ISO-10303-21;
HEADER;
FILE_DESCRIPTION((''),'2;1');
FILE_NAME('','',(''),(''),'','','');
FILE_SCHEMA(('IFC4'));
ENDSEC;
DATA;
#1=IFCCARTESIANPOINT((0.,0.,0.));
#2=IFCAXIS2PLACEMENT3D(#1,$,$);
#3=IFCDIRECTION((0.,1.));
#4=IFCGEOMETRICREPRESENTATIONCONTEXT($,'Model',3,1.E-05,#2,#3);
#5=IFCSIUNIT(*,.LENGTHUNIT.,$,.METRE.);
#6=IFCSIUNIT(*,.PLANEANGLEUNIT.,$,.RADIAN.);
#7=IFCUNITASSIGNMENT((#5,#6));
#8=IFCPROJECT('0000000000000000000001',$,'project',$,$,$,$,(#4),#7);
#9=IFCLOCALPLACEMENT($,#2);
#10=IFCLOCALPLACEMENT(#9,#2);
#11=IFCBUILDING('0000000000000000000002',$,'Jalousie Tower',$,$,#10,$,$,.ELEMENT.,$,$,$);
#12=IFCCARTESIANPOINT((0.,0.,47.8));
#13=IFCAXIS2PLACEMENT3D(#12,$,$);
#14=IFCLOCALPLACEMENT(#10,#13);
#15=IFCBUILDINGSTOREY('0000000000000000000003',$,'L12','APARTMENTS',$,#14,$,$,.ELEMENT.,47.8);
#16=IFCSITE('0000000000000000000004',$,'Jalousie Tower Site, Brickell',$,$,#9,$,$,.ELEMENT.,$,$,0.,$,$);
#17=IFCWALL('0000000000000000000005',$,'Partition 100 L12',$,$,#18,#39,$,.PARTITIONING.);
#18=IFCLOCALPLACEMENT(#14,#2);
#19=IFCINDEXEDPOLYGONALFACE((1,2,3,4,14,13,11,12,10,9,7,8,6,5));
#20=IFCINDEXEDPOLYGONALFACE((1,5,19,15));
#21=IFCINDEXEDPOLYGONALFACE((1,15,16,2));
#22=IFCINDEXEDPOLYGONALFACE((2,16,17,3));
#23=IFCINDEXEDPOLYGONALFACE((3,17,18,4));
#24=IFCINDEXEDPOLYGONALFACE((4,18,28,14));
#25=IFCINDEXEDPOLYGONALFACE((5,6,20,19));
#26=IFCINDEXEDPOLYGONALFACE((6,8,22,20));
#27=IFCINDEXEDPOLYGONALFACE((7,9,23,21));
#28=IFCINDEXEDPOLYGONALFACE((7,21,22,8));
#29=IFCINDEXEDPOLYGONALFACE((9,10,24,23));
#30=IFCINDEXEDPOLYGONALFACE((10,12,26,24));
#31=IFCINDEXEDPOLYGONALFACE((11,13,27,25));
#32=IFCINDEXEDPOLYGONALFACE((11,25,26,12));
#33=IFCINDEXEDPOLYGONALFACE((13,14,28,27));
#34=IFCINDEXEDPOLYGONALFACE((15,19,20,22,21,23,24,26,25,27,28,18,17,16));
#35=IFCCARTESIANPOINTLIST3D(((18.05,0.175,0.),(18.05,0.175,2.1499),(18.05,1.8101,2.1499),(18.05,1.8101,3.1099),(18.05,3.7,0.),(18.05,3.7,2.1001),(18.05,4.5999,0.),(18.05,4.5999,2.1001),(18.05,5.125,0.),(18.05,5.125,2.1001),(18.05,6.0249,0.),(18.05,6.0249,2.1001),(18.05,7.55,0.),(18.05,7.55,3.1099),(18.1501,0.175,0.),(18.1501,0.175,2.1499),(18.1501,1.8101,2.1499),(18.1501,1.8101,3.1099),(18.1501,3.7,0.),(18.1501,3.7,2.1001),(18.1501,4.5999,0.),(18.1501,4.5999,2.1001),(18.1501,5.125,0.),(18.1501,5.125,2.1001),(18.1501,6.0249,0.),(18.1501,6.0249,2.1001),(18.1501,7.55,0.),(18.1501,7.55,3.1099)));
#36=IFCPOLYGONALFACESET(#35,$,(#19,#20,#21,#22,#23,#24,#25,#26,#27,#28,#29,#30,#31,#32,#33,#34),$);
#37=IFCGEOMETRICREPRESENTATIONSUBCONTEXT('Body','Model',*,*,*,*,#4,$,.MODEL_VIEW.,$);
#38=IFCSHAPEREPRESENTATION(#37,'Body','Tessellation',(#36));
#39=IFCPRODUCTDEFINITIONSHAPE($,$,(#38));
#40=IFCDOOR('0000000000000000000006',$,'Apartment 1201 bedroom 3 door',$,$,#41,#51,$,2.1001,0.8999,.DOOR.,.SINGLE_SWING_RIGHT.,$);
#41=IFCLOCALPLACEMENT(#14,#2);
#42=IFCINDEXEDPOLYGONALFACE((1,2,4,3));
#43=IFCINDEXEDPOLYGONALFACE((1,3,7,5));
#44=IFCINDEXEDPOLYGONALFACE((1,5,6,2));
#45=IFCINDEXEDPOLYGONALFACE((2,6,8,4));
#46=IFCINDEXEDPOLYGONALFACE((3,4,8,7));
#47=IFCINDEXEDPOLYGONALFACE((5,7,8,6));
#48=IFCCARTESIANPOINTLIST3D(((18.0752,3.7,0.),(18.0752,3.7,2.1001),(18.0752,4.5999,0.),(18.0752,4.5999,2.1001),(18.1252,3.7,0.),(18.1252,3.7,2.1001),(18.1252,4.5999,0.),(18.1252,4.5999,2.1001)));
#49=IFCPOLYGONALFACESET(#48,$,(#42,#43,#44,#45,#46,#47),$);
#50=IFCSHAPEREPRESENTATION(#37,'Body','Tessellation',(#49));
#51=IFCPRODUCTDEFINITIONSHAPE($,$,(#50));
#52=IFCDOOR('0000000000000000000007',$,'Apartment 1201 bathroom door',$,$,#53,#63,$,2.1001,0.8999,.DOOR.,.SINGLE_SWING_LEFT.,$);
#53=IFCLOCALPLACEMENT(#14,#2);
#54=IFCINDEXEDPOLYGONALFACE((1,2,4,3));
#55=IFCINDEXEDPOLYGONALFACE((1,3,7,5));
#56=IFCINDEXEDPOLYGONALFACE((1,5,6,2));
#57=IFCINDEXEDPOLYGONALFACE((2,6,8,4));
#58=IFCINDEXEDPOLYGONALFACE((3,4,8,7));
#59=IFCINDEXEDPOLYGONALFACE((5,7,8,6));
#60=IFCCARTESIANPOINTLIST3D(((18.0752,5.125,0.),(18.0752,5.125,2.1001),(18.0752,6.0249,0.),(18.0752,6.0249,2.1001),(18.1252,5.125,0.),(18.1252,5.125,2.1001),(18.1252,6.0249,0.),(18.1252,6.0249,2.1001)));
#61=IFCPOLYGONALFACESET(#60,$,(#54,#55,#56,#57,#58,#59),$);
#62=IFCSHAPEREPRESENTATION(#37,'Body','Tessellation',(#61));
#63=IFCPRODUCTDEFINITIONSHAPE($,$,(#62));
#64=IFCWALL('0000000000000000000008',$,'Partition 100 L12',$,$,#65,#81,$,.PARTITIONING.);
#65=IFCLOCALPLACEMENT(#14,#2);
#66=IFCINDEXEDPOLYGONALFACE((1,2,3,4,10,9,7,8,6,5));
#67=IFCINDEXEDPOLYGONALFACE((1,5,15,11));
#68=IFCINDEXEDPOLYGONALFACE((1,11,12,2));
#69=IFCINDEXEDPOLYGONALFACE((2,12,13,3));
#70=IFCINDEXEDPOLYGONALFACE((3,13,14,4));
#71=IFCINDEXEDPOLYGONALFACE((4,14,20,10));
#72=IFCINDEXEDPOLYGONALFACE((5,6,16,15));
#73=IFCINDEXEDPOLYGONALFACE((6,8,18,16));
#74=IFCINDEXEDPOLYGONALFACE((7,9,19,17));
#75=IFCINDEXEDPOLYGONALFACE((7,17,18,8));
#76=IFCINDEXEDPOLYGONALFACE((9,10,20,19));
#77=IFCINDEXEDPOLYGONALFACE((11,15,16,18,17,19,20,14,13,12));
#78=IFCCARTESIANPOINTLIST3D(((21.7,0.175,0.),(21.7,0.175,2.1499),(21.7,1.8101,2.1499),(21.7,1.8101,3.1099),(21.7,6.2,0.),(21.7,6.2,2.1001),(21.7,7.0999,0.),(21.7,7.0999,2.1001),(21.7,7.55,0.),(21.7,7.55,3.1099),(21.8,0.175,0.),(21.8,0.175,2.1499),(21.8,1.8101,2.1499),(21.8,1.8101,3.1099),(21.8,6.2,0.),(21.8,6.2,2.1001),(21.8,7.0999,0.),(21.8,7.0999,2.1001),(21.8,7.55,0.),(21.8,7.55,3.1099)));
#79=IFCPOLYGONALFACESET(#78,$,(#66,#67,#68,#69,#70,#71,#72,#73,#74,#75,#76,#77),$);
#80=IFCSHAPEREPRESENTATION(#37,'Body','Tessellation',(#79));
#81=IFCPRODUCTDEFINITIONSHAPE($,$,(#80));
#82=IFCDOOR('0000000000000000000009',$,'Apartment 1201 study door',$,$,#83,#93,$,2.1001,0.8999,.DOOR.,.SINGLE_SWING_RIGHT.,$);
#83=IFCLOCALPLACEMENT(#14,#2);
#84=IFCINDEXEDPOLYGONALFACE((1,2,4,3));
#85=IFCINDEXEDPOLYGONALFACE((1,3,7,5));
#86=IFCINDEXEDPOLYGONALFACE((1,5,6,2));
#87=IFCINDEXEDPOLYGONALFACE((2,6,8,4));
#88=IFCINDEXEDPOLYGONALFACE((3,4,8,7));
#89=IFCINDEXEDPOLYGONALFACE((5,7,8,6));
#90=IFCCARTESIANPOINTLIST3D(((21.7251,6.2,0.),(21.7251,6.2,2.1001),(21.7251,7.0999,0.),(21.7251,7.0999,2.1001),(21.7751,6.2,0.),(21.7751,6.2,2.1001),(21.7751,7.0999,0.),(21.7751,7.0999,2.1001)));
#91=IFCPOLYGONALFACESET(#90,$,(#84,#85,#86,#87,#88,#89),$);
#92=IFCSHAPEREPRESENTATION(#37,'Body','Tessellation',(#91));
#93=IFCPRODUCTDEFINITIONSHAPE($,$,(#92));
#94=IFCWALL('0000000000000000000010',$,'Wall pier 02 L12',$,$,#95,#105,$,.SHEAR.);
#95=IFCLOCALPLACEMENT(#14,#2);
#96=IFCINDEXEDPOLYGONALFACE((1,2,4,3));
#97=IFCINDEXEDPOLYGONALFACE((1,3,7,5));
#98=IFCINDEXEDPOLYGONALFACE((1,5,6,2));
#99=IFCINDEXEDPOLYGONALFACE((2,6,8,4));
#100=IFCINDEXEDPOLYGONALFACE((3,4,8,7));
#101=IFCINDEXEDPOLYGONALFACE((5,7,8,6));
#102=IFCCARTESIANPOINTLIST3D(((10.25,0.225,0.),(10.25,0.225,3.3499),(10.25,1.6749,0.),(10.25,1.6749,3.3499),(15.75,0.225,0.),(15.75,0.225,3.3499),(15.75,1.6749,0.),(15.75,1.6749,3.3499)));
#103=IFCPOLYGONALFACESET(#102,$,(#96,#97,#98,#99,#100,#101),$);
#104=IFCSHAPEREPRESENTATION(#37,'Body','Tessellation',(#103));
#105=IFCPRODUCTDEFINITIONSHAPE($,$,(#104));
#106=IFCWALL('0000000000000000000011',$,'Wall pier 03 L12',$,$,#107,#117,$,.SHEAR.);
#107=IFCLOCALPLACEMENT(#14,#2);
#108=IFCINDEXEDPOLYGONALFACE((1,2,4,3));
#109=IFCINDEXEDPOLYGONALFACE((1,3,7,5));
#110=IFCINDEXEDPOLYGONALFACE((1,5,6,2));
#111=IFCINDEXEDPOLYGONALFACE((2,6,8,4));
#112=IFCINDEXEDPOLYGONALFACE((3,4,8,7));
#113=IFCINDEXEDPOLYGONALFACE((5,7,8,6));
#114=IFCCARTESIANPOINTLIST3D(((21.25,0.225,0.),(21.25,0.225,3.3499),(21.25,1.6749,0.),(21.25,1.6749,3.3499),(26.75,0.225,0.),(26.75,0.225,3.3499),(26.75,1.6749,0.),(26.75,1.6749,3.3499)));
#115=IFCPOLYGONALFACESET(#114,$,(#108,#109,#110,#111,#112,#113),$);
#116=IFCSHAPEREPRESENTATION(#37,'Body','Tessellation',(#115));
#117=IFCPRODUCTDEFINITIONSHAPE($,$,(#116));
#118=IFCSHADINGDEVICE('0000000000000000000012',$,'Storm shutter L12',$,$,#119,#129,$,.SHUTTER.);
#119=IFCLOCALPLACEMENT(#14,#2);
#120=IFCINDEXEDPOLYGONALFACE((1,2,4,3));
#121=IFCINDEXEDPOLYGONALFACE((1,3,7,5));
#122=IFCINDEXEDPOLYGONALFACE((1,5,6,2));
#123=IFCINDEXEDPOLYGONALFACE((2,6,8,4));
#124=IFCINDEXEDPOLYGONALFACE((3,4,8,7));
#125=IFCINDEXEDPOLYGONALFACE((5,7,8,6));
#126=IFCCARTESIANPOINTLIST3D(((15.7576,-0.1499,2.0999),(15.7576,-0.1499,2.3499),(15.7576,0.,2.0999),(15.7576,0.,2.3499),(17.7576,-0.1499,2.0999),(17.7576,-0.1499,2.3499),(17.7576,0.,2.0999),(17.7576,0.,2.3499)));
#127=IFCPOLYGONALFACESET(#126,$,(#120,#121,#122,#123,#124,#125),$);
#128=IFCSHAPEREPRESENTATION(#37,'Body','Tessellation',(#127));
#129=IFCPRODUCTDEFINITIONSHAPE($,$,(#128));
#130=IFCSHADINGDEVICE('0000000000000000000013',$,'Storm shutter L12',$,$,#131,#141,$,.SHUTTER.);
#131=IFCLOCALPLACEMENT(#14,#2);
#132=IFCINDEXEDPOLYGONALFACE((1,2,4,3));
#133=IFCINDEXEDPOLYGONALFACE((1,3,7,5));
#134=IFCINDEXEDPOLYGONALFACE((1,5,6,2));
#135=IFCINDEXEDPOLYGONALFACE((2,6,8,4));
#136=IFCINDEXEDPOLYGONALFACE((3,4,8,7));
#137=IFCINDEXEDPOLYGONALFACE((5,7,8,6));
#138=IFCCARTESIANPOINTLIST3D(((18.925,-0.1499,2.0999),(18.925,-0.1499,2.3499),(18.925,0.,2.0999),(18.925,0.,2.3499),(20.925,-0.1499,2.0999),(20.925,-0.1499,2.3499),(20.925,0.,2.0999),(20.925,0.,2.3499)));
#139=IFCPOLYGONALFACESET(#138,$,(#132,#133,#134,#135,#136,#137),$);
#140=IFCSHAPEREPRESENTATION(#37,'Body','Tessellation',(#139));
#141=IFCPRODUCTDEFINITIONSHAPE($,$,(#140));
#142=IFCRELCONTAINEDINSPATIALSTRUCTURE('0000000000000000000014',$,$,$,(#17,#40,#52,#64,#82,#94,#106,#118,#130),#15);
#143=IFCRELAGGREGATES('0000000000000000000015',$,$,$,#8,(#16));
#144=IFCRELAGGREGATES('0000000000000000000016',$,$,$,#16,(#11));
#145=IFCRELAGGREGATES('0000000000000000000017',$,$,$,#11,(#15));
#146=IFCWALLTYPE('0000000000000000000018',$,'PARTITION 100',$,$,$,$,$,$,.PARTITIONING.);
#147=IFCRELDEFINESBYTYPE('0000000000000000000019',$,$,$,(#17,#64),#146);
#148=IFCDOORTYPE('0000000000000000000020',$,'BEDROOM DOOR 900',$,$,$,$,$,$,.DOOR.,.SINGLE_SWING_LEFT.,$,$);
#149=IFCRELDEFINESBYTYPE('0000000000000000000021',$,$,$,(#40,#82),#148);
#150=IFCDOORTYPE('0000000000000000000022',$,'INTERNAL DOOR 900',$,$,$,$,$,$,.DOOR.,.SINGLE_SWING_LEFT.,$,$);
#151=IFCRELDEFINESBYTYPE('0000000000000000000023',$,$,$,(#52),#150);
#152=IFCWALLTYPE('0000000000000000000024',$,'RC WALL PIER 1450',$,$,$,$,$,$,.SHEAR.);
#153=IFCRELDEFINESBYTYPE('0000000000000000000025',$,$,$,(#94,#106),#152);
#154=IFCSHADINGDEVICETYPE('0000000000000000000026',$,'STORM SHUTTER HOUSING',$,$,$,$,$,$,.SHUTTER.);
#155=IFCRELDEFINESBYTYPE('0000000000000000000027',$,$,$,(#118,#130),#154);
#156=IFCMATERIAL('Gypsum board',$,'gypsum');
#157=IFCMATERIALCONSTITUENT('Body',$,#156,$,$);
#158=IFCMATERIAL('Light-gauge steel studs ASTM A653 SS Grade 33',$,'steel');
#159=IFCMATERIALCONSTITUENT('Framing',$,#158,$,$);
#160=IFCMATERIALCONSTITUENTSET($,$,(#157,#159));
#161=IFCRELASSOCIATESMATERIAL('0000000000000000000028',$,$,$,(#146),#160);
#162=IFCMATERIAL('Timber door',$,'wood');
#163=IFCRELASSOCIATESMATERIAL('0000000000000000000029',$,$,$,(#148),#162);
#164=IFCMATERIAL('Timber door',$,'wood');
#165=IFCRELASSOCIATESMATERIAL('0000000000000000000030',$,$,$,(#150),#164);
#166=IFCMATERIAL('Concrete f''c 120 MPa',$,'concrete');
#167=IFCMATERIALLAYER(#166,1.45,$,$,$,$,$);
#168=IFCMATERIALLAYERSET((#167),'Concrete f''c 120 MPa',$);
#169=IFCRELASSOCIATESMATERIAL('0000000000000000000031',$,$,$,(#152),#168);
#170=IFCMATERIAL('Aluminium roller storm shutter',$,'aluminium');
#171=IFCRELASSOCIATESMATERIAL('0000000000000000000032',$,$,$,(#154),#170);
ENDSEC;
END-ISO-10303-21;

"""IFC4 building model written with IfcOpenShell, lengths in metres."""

from ifc_helpers import new_model, si_unit, direction, frame, frame_2d, origin, origin_2d, place, context, subcontext, project, spatial, polyline, rectangle, outline, extrude, material, layer, layer_set, constituent, constituent_set, type_object, element, fill, save


model = new_model("IFC4")

# Units and contexts
model_context = context("Model", 3, precision=1e-05, world=origin(), true_north=direction((0.0, 1.0)))
body_context = subcontext(model_context, "Body", "Model", "MODEL_VIEW")
ifc_project = project(units=[si_unit("LENGTHUNIT", "METRE"), si_unit("PLANEANGLEUNIT", "RADIAN")], contexts=[model_context])

# Site, building, storey
site_placement = place(None, origin())
site = spatial("IfcSite", under=ifc_project, at=site_placement, Name="Jalousie Tower Site, Brickell", CompositionType="ELEMENT", RefElevation=0.0)
building_placement = place(site_placement, origin())
building = spatial("IfcBuilding", under=site, at=building_placement, Name="Jalousie Tower", CompositionType="ELEMENT")
storey_placement = place(building_placement, frame((0.0, 0.0, 47.8)))
storey = spatial("IfcBuildingStorey", under=building, at=storey_placement, Name="L12", Description="APARTMENTS", CompositionType="ELEMENT", Elevation=47.8)

# Shared definitions
ifc_material_1 = material(Name="Gypsum board", Category="gypsum")
ifc_constituent_1 = constituent(ifc_material_1, Name="Body")
ifc_material_2 = material(Name="Light-gauge steel studs ASTM A653 SS Grade 33", Category="steel")
ifc_constituent_2 = constituent(ifc_material_2, Name="Framing")
ifc_constituent_set = constituent_set(constituents=[ifc_constituent_1, ifc_constituent_2])
wall_type_1 = type_object("IfcWallType", Name="PARTITION 100", PredefinedType="PARTITIONING", material=ifc_constituent_set)
ifc_material_3 = material(Name="Timber door", Category="wood")
door_type_1 = type_object("IfcDoorType", Name="BEDROOM DOOR 900", OperationType="SINGLE_SWING_LEFT", PredefinedType="DOOR", material=ifc_material_3)

# Wall, openings, doors
wall_1_placement = place(storey_placement, frame((18.1001, 0.175, 0.0), z_axis=(0.0, 0.0, 1.0), x_axis=(0.0, 1.0, 0.0)))
wall_1 = element("IfcWall", 1, at=wall_1_placement, inside=storey, type_object=wall_type_1, Name="Partition 100 L12", PredefinedType="PARTITIONING", context=body_context, shape_type="SweptSolid", body=[
    extrude(outline(polyline([(0.0, 0.0), (7.375, 0.0), (7.375, 3.1099), (1.635, 3.1099), (1.635, 2.1499), (0.0, 2.1499), (0.0, 3.1099), (0.0, 0.0)])), frame((0.0, 0.05, 0.0), z_axis=(0.0, -1.0, 0.0), x_axis=(1.0, 0.0, 0.0)), (0.0, 0.0, 1.0), 0.1001),
])
opening_1_placement = place(wall_1_placement, frame((3.5249, 0.0, 0.0)))
opening_1 = element("IfcOpeningElement", 2, at=opening_1_placement, cuts=wall_1, PredefinedType="OPENING", context=body_context, shape_type="SweptSolid", body=[
    extrude(rectangle(XDim=0.8999, YDim=2.1001, at=frame_2d((0.45, 1.05))), frame((0.0, 0.0601, 0.0), z_axis=(0.0, -1.0, 0.0), x_axis=(1.0, 0.0, 0.0)), (0.0, 0.0, 1.0), 0.1201),
])
opening_2_placement = place(wall_1_placement, frame((4.95, 0.0, 0.0)))
opening_2 = element("IfcOpeningElement", 3, at=opening_2_placement, cuts=wall_1, PredefinedType="OPENING", context=body_context, shape_type="SweptSolid", body=[
    extrude(rectangle(XDim=0.8999, YDim=2.1001, at=frame_2d((0.45, 1.05))), frame((0.0, 0.0601, 0.0), z_axis=(0.0, -1.0, 0.0), x_axis=(1.0, 0.0, 0.0)), (0.0, 0.0, 1.0), 0.1201),
])
door_1_placement = place(opening_1_placement, origin())
door_1 = element("IfcDoor", 4, at=door_1_placement, inside=storey, type_object=door_type_1, Name="Apartment 1201 bedroom 3 door", OperationType="SINGLE_SWING_RIGHT", OverallHeight=2.1001, OverallWidth=0.8999, PredefinedType="DOOR", context=body_context, shape_type="SweptSolid", body=[
    extrude(rectangle(XDim=0.8999, YDim=2.1001, at=frame_2d((0.45, 1.05))), frame((0.0, 0.0249, 0.0), z_axis=(0.0, -1.0, 0.0), x_axis=(1.0, 0.0, 0.0)), (0.0, 0.0, 1.0), 0.05),
])
fill(opening_1, door_1)
ifc_material_4 = material(Name="Timber door", Category="wood")
door_type_2 = type_object("IfcDoorType", Name="INTERNAL DOOR 900", OperationType="SINGLE_SWING_LEFT", PredefinedType="DOOR", material=ifc_material_4)
door_2_placement = place(opening_2_placement, origin())
door_2 = element("IfcDoor", 5, at=door_2_placement, inside=storey, type_object=door_type_2, Name="Apartment 1201 bathroom door", OperationType="SINGLE_SWING_LEFT", OverallHeight=2.1001, OverallWidth=0.8999, PredefinedType="DOOR", context=body_context, shape_type="SweptSolid", body=[
    extrude(rectangle(XDim=0.8999, YDim=2.1001, at=frame_2d((0.45, 1.05))), frame((0.0, 0.0249, 0.0), z_axis=(0.0, -1.0, 0.0), x_axis=(1.0, 0.0, 0.0)), (0.0, 0.0, 1.0), 0.05),
])
fill(opening_2, door_2)

# Wall, opening, door
wall_2_placement = place(storey_placement, frame((21.75, 0.175, 0.0), z_axis=(0.0, 0.0, 1.0), x_axis=(0.0, 1.0, 0.0)))
wall_2 = element("IfcWall", 6, at=wall_2_placement, inside=storey, type_object=wall_type_1, Name="Partition 100 L12", PredefinedType="PARTITIONING", context=body_context, shape_type="SweptSolid", body=[
    extrude(outline(polyline([(0.0, 0.0), (7.375, 0.0), (7.375, 3.1099), (1.635, 3.1099), (1.635, 2.1499), (0.0, 2.1499), (0.0, 3.1099), (0.0, 0.0)])), frame((0.0, 0.05, 0.0), z_axis=(0.0, -1.0, 0.0), x_axis=(1.0, 0.0, 0.0)), (0.0, 0.0, 1.0), 0.1001),
])
opening_3_placement = place(wall_2_placement, frame((6.0249, 0.0, 0.0)))
opening_3 = element("IfcOpeningElement", 7, at=opening_3_placement, cuts=wall_2, PredefinedType="OPENING", context=body_context, shape_type="SweptSolid", body=[
    extrude(rectangle(XDim=0.8999, YDim=2.1001, at=frame_2d((0.45, 1.05))), frame((0.0, 0.0601, 0.0), z_axis=(0.0, -1.0, 0.0), x_axis=(1.0, 0.0, 0.0)), (0.0, 0.0, 1.0), 0.1201),
])
door_3_placement = place(opening_3_placement, origin())
door_3 = element("IfcDoor", 8, at=door_3_placement, inside=storey, type_object=door_type_1, Name="Apartment 1201 study door", OperationType="SINGLE_SWING_RIGHT", OverallHeight=2.1001, OverallWidth=0.8999, PredefinedType="DOOR", context=body_context, shape_type="SweptSolid", body=[
    extrude(rectangle(XDim=0.8999, YDim=2.1001, at=frame_2d((0.45, 1.05))), frame((0.0, 0.0249, 0.0), z_axis=(0.0, -1.0, 0.0), x_axis=(1.0, 0.0, 0.0)), (0.0, 0.0, 1.0), 0.05),
])
fill(opening_3, door_3)

# Walls
ifc_material_5 = material(Name="Concrete f'c 120 MPa", Category="concrete")
ifc_layer_1 = layer(ifc_material_5, 1.45)
ifc_layer_set_1 = layer_set([ifc_layer_1], Name="Concrete f'c 120 MPa")
wall_type_2 = type_object("IfcWallType", Name="RC WALL PIER 1450", PredefinedType="SHEAR", material=ifc_layer_set_1)
for number, where, z_axis, x_axis, name in (
    (9, (10.25, 0.95, 0.0), (0.0, 0.0, 1.0), (1.0, 0.0, 0.0), "Wall pier 02 L12"),
    (10, (21.25, 0.95, 0.0), (0.0, 0.0, 1.0), (1.0, 0.0, 0.0), "Wall pier 03 L12"),
):
    element("IfcWall", number, at=place(storey_placement, frame(where, z_axis=z_axis, x_axis=x_axis)), inside=storey, type_object=wall_type_2, Name=name, PredefinedType="SHEAR", context=body_context, shape_type="SweptSolid", body=[
        extrude(rectangle(XDim=5.5, YDim=1.45, at=frame_2d((2.75, 0.0))), origin(), (0.0, 0.0, 1.0), 3.3499),
    ])

# Shading devices
ifc_material_6 = material(Name="Aluminium roller storm shutter", Category="aluminium")
shading_device_type = type_object("IfcShadingDeviceType", Name="STORM SHUTTER HOUSING", PredefinedType="SHUTTER", material=ifc_material_6)
for number, where, z_axis, x_axis, name in (
    (11, (16.7576, -0.075, 2.0999), (0.0, 0.0, 1.0), (1.0, 0.0, 0.0), "Storm shutter L12"),
    (12, (19.925, -0.075, 2.0999), (0.0, 0.0, 1.0), (1.0, 0.0, 0.0), "Storm shutter L12"),
):
    element("IfcShadingDevice", number, at=place(storey_placement, frame(where, z_axis=z_axis, x_axis=x_axis)), inside=storey, type_object=shading_device_type, Name=name, PredefinedType="SHUTTER", context=body_context, shape_type="SweptSolid", body=[
        extrude(rectangle(XDim=2.0, YDim=0.1499, at=origin_2d()), origin(), (0.0, 0.0, 1.0), 0.25),
    ])

save(model, "model.ifc")
